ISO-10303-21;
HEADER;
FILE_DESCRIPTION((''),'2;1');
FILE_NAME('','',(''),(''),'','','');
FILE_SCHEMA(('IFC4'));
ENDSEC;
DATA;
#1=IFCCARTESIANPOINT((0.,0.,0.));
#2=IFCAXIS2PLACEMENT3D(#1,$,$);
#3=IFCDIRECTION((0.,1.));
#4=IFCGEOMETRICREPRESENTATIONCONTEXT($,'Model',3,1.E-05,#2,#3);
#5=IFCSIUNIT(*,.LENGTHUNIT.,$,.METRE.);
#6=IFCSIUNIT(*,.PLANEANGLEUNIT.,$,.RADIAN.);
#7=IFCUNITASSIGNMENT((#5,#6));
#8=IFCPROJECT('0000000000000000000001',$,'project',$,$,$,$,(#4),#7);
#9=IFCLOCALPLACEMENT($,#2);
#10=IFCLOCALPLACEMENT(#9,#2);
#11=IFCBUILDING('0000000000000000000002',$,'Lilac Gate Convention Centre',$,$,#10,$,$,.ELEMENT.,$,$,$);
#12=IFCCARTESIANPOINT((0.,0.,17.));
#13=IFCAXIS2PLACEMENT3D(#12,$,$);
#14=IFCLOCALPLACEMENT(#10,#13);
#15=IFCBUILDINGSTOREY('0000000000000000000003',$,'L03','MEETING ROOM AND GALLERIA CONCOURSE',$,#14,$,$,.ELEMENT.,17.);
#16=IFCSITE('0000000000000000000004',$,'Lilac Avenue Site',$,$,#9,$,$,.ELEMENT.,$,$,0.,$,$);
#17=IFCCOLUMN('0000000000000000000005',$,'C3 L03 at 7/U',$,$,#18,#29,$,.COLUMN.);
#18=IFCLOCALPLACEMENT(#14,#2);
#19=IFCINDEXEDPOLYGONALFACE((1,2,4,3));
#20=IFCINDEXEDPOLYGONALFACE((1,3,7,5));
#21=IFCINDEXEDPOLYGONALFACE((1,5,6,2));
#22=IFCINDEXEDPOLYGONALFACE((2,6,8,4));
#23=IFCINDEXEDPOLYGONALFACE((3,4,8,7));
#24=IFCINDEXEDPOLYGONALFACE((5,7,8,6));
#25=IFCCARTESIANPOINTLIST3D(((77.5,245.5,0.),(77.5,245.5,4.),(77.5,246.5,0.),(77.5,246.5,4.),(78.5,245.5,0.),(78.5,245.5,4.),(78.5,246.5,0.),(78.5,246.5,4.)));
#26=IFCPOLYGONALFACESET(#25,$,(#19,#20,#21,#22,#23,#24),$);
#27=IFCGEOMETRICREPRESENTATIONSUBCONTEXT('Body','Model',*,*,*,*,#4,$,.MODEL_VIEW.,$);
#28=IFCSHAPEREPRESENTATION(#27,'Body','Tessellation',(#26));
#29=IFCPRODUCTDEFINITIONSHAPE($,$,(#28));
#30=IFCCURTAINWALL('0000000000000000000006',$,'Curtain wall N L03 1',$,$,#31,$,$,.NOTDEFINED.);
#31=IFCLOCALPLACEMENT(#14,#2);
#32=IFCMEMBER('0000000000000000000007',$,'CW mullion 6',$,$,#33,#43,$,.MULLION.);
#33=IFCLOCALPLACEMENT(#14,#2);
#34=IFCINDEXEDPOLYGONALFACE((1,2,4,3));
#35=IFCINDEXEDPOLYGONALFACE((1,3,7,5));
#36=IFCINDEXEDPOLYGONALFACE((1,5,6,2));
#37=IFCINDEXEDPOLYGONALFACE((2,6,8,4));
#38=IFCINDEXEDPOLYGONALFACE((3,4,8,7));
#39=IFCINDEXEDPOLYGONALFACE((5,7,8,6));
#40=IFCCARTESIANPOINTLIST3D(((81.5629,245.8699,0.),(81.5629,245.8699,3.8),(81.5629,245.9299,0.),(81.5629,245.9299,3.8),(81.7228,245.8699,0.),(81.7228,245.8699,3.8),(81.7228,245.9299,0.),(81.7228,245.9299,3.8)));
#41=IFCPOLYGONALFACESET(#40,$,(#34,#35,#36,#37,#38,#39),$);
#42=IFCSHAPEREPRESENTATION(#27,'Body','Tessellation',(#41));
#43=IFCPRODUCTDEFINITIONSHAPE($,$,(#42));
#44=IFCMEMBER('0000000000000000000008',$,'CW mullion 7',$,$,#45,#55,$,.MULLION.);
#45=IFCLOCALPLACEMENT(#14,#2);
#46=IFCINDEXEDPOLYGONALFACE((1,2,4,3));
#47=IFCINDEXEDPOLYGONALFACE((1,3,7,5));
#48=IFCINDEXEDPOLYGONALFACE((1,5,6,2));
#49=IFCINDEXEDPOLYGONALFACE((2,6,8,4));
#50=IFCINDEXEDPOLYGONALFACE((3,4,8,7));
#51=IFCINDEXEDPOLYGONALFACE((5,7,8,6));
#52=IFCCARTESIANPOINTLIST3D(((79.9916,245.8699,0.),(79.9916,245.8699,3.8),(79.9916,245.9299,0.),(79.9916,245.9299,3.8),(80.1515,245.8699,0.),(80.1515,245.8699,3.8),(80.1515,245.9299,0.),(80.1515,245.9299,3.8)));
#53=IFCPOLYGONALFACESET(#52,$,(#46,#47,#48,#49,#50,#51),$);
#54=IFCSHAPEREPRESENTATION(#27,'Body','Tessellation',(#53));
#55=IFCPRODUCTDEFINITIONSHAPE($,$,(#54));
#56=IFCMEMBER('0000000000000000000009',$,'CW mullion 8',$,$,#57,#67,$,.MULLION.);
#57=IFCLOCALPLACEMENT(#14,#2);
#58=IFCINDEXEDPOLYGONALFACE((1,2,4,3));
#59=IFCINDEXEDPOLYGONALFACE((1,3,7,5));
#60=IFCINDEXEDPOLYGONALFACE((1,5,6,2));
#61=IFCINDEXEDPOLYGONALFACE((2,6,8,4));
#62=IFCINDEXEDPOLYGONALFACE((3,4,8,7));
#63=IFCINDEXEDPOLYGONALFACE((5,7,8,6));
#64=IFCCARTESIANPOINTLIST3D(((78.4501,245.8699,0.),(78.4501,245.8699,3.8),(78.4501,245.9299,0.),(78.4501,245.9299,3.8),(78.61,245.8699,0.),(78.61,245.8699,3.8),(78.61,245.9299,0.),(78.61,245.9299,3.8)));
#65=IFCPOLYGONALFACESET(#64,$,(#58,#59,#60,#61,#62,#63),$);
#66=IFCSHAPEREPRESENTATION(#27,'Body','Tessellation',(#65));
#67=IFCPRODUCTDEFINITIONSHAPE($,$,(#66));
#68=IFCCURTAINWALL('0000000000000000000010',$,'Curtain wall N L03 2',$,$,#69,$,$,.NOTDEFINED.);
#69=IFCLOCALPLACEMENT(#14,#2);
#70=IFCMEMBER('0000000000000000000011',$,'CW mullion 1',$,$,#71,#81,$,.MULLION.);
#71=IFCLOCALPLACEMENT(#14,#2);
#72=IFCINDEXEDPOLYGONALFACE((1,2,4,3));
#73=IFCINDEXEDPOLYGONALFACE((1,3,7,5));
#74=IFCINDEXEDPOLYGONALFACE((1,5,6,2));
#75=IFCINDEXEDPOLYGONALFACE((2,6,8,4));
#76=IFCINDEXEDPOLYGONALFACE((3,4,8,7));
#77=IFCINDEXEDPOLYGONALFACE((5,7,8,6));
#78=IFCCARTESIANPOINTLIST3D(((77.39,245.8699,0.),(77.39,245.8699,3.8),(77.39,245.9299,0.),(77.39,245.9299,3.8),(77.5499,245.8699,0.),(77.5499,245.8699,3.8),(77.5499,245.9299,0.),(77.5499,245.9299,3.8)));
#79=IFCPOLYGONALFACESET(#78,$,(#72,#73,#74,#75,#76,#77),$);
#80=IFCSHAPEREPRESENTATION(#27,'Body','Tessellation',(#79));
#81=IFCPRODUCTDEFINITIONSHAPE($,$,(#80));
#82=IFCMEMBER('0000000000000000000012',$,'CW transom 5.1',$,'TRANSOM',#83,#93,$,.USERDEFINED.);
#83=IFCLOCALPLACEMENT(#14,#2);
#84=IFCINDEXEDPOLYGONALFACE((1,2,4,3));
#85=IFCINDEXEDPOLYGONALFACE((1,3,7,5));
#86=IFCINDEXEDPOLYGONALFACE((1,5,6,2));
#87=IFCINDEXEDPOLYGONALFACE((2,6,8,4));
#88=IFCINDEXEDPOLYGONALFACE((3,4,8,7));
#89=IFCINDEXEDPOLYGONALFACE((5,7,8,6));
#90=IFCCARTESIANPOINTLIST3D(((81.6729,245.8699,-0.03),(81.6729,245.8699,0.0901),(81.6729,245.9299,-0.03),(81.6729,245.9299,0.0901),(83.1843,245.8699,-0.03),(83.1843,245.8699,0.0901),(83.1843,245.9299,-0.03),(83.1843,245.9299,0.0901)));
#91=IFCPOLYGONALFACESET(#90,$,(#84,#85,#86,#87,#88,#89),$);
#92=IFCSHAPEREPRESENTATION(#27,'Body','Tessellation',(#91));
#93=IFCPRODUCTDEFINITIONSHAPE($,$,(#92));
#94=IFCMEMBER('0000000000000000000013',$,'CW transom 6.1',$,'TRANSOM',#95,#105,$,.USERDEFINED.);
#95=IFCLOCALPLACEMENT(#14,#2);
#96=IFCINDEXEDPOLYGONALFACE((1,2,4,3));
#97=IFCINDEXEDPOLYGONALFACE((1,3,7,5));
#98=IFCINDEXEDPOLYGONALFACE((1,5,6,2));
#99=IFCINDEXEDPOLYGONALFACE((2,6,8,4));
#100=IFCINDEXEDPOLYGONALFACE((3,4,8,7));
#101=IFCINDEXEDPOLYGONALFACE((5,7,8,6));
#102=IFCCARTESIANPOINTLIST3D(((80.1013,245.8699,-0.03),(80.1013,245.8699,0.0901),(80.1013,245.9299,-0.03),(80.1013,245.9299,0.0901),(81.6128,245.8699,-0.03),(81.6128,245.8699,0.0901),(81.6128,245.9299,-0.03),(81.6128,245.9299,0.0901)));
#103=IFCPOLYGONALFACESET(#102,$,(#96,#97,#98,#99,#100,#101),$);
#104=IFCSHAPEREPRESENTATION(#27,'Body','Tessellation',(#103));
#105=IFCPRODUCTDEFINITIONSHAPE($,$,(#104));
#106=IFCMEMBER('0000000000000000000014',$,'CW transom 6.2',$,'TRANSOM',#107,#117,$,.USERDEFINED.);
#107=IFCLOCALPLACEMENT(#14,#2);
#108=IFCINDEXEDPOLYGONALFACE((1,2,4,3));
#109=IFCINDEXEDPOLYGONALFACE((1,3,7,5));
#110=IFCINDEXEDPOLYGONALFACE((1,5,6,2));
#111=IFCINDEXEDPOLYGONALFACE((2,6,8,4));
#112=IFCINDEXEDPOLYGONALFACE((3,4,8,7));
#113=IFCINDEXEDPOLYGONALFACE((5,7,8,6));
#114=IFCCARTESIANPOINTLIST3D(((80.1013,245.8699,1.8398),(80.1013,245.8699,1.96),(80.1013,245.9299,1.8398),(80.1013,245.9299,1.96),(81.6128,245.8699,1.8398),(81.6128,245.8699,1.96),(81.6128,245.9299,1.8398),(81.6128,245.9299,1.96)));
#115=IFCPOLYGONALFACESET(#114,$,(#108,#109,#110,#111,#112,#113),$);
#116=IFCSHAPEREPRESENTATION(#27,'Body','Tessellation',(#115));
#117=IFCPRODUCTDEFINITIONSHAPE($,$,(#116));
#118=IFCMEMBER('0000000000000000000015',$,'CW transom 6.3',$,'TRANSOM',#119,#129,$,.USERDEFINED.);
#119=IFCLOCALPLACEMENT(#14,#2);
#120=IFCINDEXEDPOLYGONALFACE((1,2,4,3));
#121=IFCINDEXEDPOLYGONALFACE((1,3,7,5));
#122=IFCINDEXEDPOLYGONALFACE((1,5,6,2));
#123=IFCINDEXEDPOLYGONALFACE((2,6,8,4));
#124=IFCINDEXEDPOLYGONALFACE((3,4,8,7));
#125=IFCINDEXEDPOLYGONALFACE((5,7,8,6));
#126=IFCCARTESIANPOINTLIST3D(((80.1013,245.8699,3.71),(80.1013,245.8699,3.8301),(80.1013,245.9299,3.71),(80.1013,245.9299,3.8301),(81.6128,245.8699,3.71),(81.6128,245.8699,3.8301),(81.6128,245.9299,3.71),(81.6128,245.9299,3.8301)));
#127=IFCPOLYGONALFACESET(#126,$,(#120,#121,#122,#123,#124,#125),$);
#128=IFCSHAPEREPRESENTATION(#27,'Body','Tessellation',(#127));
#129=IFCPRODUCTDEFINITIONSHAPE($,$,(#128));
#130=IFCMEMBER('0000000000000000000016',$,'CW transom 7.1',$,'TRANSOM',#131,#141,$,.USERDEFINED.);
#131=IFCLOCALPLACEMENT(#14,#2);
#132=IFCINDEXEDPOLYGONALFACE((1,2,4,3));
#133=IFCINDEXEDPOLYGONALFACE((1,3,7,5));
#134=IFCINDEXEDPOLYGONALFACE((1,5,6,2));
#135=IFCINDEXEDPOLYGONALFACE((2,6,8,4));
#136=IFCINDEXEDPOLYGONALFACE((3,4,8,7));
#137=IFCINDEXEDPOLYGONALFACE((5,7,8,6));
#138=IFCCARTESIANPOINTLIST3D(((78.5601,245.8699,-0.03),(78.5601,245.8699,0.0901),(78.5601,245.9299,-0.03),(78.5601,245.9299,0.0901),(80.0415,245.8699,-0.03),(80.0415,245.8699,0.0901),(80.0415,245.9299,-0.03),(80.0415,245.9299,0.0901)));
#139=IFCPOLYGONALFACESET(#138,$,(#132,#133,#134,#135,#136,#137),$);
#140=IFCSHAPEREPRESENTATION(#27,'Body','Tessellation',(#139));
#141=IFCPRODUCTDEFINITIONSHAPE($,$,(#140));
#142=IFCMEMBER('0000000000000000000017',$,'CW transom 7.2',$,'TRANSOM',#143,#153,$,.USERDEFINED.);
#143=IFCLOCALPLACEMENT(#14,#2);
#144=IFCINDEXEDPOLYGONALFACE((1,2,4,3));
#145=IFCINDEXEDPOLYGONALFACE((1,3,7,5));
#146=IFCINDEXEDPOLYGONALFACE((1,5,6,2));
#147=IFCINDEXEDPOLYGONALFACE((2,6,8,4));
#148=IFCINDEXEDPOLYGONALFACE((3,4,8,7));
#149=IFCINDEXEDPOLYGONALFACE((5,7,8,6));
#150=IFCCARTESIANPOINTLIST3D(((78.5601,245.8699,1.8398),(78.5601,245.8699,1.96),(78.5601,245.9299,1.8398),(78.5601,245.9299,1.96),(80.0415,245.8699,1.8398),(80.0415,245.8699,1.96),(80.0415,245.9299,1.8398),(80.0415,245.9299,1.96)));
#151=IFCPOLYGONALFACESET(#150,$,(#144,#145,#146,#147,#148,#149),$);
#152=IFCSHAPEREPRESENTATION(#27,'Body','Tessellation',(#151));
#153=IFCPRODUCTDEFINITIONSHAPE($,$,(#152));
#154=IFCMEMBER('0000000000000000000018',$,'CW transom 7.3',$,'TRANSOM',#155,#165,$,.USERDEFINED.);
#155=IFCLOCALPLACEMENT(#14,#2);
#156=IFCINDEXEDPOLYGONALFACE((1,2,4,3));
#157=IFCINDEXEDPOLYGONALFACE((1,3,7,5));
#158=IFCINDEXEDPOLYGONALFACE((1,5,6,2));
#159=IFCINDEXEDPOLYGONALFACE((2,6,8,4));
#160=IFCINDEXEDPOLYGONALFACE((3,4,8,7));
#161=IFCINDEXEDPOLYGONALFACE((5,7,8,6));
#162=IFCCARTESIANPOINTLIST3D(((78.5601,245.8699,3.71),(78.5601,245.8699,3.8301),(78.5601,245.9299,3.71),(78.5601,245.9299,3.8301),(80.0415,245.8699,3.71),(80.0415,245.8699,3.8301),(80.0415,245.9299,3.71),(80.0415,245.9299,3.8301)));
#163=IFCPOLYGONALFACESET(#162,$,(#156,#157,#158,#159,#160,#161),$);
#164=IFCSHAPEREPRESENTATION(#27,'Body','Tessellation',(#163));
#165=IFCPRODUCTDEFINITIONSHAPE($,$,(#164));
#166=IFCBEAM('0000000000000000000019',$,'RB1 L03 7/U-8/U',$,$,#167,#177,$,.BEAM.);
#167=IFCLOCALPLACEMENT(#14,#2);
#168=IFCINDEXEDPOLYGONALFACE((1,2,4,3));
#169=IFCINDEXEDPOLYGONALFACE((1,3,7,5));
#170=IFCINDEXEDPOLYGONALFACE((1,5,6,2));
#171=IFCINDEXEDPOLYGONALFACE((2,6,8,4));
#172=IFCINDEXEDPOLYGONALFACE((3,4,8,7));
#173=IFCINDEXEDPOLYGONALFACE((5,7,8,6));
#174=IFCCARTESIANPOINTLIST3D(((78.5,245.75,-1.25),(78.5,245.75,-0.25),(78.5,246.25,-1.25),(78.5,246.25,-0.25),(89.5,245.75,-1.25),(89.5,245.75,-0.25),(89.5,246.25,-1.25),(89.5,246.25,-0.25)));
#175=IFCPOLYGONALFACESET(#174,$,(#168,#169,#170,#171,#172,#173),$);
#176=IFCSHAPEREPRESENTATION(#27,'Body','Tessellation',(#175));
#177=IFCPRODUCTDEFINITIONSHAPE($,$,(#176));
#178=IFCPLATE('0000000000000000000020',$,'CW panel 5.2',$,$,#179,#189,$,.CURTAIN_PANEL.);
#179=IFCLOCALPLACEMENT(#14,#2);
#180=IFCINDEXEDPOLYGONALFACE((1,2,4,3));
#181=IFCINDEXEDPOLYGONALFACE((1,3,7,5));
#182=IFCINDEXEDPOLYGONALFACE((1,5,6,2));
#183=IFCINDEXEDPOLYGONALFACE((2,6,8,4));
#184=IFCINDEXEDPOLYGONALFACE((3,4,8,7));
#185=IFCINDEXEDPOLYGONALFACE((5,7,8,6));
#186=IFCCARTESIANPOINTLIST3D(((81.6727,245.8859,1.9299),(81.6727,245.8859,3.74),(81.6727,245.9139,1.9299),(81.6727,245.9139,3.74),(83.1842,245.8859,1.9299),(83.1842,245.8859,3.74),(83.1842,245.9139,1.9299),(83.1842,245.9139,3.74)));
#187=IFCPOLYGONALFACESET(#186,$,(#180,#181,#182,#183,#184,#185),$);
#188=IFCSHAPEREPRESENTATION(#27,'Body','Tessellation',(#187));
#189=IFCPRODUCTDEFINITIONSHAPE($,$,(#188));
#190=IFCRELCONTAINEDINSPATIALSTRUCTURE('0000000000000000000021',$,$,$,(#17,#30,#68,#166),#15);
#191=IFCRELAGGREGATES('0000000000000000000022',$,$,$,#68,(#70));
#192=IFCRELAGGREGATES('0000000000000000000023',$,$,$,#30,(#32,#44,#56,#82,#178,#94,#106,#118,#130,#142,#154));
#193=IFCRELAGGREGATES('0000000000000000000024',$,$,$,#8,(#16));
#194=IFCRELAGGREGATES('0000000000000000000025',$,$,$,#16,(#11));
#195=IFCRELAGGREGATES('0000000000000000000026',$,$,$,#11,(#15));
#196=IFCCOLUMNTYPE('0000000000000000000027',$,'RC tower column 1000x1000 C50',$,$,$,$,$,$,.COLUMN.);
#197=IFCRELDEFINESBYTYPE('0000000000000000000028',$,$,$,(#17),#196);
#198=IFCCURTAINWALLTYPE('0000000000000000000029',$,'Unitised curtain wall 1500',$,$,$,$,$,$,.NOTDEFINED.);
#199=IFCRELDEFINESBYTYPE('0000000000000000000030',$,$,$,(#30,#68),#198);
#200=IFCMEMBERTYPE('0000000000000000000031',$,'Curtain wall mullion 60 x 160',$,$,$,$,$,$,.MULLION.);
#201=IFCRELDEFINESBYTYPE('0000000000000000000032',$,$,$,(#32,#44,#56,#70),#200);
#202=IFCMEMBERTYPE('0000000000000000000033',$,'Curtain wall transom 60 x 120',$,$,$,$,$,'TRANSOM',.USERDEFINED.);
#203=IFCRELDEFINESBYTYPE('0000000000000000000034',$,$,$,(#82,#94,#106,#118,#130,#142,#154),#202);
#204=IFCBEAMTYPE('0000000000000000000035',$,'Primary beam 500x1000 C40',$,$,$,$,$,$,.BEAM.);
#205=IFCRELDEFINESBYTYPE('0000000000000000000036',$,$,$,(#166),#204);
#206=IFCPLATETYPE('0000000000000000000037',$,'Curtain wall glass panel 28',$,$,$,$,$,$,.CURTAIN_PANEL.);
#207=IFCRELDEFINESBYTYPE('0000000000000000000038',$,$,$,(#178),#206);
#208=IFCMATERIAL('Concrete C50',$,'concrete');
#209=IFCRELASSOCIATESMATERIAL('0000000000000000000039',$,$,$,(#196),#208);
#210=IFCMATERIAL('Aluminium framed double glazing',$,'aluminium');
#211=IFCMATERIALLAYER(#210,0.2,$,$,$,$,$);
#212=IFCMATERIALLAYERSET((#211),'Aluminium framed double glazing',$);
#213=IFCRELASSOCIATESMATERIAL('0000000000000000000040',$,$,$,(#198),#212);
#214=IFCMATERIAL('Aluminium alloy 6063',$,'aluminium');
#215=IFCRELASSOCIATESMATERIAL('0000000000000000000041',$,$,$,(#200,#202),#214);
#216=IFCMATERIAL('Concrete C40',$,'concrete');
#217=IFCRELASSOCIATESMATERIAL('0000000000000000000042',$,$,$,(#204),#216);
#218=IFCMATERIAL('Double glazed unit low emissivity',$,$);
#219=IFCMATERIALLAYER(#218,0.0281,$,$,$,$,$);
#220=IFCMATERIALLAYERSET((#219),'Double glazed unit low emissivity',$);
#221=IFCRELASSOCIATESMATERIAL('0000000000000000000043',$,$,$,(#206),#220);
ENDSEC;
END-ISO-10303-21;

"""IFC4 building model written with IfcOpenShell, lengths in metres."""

from ifc_helpers import new_model, si_unit, direction, frame, origin, origin_2d, place, context, subcontext, project, spatial, rectangle, extrude, material, layer, layer_set, material_profile, profile_set, type_object, element, aggregate, save


model = new_model("IFC4")

# Units and contexts
model_context = context("Model", 3, precision=1e-05, world=origin(), true_north=direction((0.0, 1.0)))
body_context = subcontext(model_context, "Body", "Model", "MODEL_VIEW")
ifc_project = project(units=[si_unit("LENGTHUNIT", "METRE"), si_unit("PLANEANGLEUNIT", "RADIAN")], contexts=[model_context])

# Site, building, storey
site_placement = place(None, origin())
site = spatial("IfcSite", under=ifc_project, at=site_placement, Name="Lilac Avenue Site", CompositionType="ELEMENT", RefElevation=0.0)
building_placement = place(site_placement, origin())
building = spatial("IfcBuilding", under=site, at=building_placement, Name="Lilac Gate Convention Centre", CompositionType="ELEMENT")
storey_placement = place(building_placement, frame((0.0, 0.0, 17.0)))
storey = spatial("IfcBuildingStorey", under=building, at=storey_placement, Name="L03", Description="MEETING ROOM AND GALLERIA CONCOURSE", CompositionType="ELEMENT", Elevation=17.0)

# Column
ifc_material_1 = material(Name="Concrete C50", Category="concrete")
ifc_material_profile_1 = material_profile(ifc_material_1, rectangle(XDim=1.0, YDim=1.0, at=origin_2d()), Name="RC 1000x1000")
ifc_profile_set_1 = profile_set([ifc_material_profile_1], Name="Concrete C50")
column_type = type_object("IfcColumnType", Name="RC tower column 1000x1000 C50", PredefinedType="COLUMN", material=ifc_profile_set_1)
column_placement = place(storey_placement, frame((78.0, 246.0, 0.0), z_axis=(0.0, 0.0, 1.0), x_axis=(1.0, 0.0, 0.0)))
element("IfcColumn", 1, at=column_placement, inside=storey, type_object=column_type, Name="C3 L03 at 7/U", PredefinedType="COLUMN", context=body_context, shape_type="SweptSolid", body=[
    extrude(rectangle(XDim=1.0, YDim=1.0, at=origin_2d()), origin(), (0.0, 0.0, 1.0), 4.0),
])

# Curtain wall, members
ifc_material_2 = material(Name="Aluminium framed double glazing", Category="aluminium")
ifc_layer_1 = layer(ifc_material_2, 0.2)
ifc_layer_set_1 = layer_set([ifc_layer_1], Name="Aluminium framed double glazing")
curtain_wall_type = type_object("IfcCurtainWallType", Name="Unitised curtain wall 1500", PredefinedType="NOTDEFINED", material=ifc_layer_set_1)
curtain_wall_1_placement = place(storey_placement, origin())
curtain_wall_1 = element("IfcCurtainWall", 2, at=curtain_wall_1_placement, inside=storey, type_object=curtain_wall_type, Name="Curtain wall N L03 1", PredefinedType="NOTDEFINED")
ifc_material_3 = material(Name="Aluminium alloy 6063", Category="aluminium")
ifc_material_profile_2 = material_profile(ifc_material_3, rectangle(XDim=0.0601, YDim=0.1599, at=origin_2d()), Name="Curtain wall mullion 60 x 160")
ifc_profile_set_2 = profile_set([ifc_material_profile_2], Name="Aluminium alloy 6063")
member_type_1 = type_object("IfcMemberType", Name="Curtain wall mullion 60 x 160", PredefinedType="MULLION", material=ifc_profile_set_2)
member_1_placement = place(storey_placement, frame((81.6428, 245.8999, 0.0), z_axis=(0.0, 0.0, 1.0), x_axis=(0.0, -1.0, 0.0)))
member_1 = element("IfcMember", 3, at=member_1_placement, type_object=member_type_1, Name="CW mullion 6", PredefinedType="MULLION", context=body_context, shape_type="SweptSolid", body=[
    extrude(rectangle(XDim=0.0601, YDim=0.1599, at=origin_2d()), origin(), (0.0, 0.0, 1.0), 3.8),
])
member_2_placement = place(storey_placement, frame((80.0715, 245.8999, 0.0), z_axis=(0.0, 0.0, 1.0), x_axis=(0.0, -1.0, 0.0)))
member_2 = element("IfcMember", 4, at=member_2_placement, type_object=member_type_1, Name="CW mullion 7", PredefinedType="MULLION", context=body_context, shape_type="SweptSolid", body=[
    extrude(rectangle(XDim=0.0601, YDim=0.1599, at=origin_2d()), origin(), (0.0, 0.0, 1.0), 3.8),
])
member_3_placement = place(storey_placement, frame((78.53, 245.8999, 0.0), z_axis=(0.0, 0.0, 1.0), x_axis=(0.0, -1.0, 0.0)))
member_3 = element("IfcMember", 5, at=member_3_placement, type_object=member_type_1, Name="CW mullion 8", PredefinedType="MULLION", context=body_context, shape_type="SweptSolid", body=[
    extrude(rectangle(XDim=0.0601, YDim=0.1599, at=origin_2d()), origin(), (0.0, 0.0, 1.0), 3.8),
])

# Curtain wall, member
curtain_wall_2_placement = place(storey_placement, origin())
curtain_wall_2 = element("IfcCurtainWall", 6, at=curtain_wall_2_placement, inside=storey, type_object=curtain_wall_type, Name="Curtain wall N L03 2", PredefinedType="NOTDEFINED")
member_4_placement = place(storey_placement, frame((77.47, 245.8999, 0.0), z_axis=(0.0, 0.0, 1.0), x_axis=(0.0, -1.0, 0.0)))
member_4 = element("IfcMember", 7, at=member_4_placement, type_object=member_type_1, Name="CW mullion 1", PredefinedType="MULLION", context=body_context, shape_type="SweptSolid", body=[
    extrude(rectangle(XDim=0.0601, YDim=0.1599, at=origin_2d()), origin(), (0.0, 0.0, 1.0), 3.8),
])
aggregate(curtain_wall_2, [member_4])

# Members
ifc_material_profile_3 = material_profile(ifc_material_3, rectangle(XDim=0.0601, YDim=0.1201, at=origin_2d()), Name="Curtain wall transom 60 x 120")
ifc_profile_set_3 = profile_set([ifc_material_profile_3], Name="Aluminium alloy 6063")
member_type_2 = type_object("IfcMemberType", Name="Curtain wall transom 60 x 120", ElementType="TRANSOM", PredefinedType="USERDEFINED", material=ifc_profile_set_3)
member_5_placement = place(storey_placement, frame((83.1843, 245.8999, 0.03), z_axis=(-1.0, 0.0, 0.0), x_axis=(0.0, -1.0, 0.0)))
member_5 = element("IfcMember", 8, at=member_5_placement, type_object=member_type_2, Name="CW transom 5.1", ObjectType="TRANSOM", PredefinedType="USERDEFINED", context=body_context, shape_type="SweptSolid", body=[
    extrude(rectangle(XDim=0.0601, YDim=0.1201, at=origin_2d()), origin(), (0.0, 0.0, 1.0), 1.5115),
])
member_6_placement = place(storey_placement, frame((81.6128, 245.8999, 0.03), z_axis=(-1.0, 0.0, 0.0), x_axis=(0.0, -1.0, 0.0)))
member_6 = element("IfcMember", 9, at=member_6_placement, type_object=member_type_2, Name="CW transom 6.1", ObjectType="TRANSOM", PredefinedType="USERDEFINED", context=body_context, shape_type="SweptSolid", body=[
    extrude(rectangle(XDim=0.0601, YDim=0.1201, at=origin_2d()), origin(), (0.0, 0.0, 1.0), 1.5115),
])
member_7_placement = place(storey_placement, frame((81.6128, 245.8999, 1.8999), z_axis=(-1.0, 0.0, 0.0), x_axis=(0.0, -1.0, 0.0)))
member_7 = element("IfcMember", 10, at=member_7_placement, type_object=member_type_2, Name="CW transom 6.2", ObjectType="TRANSOM", PredefinedType="USERDEFINED", context=body_context, shape_type="SweptSolid", body=[
    extrude(rectangle(XDim=0.0601, YDim=0.1201, at=origin_2d()), origin(), (0.0, 0.0, 1.0), 1.5115),
])
member_8_placement = place(storey_placement, frame((81.6128, 245.8999, 3.77), z_axis=(-1.0, 0.0, 0.0), x_axis=(0.0, -1.0, 0.0)))
member_8 = element("IfcMember", 11, at=member_8_placement, type_object=member_type_2, Name="CW transom 6.3", ObjectType="TRANSOM", PredefinedType="USERDEFINED", context=body_context, shape_type="SweptSolid", body=[
    extrude(rectangle(XDim=0.0601, YDim=0.1201, at=origin_2d()), origin(), (0.0, 0.0, 1.0), 1.5115),
])
member_9_placement = place(storey_placement, frame((80.0415, 245.8999, 0.03), z_axis=(-1.0, 0.0, 0.0), x_axis=(0.0, -1.0, 0.0)))
member_9 = element("IfcMember", 12, at=member_9_placement, type_object=member_type_2, Name="CW transom 7.1", ObjectType="TRANSOM", PredefinedType="USERDEFINED", context=body_context, shape_type="SweptSolid", body=[
    extrude(rectangle(XDim=0.0601, YDim=0.1201, at=origin_2d()), origin(), (0.0, 0.0, 1.0), 1.4814),
])
member_10_placement = place(storey_placement, frame((80.0415, 245.8999, 1.8999), z_axis=(-1.0, 0.0, 0.0), x_axis=(0.0, -1.0, 0.0)))
member_10 = element("IfcMember", 13, at=member_10_placement, type_object=member_type_2, Name="CW transom 7.2", ObjectType="TRANSOM", PredefinedType="USERDEFINED", context=body_context, shape_type="SweptSolid", body=[
    extrude(rectangle(XDim=0.0601, YDim=0.1201, at=origin_2d()), origin(), (0.0, 0.0, 1.0), 1.4814),
])
member_11_placement = place(storey_placement, frame((80.0415, 245.8999, 3.77), z_axis=(-1.0, 0.0, 0.0), x_axis=(0.0, -1.0, 0.0)))
member_11 = element("IfcMember", 14, at=member_11_placement, type_object=member_type_2, Name="CW transom 7.3", ObjectType="TRANSOM", PredefinedType="USERDEFINED", context=body_context, shape_type="SweptSolid", body=[
    extrude(rectangle(XDim=0.0601, YDim=0.1201, at=origin_2d()), origin(), (0.0, 0.0, 1.0), 1.4814),
])

# Beam
ifc_material_4 = material(Name="Concrete C40", Category="concrete")
ifc_material_profile_4 = material_profile(ifc_material_4, rectangle(XDim=0.5, YDim=1.0, at=origin_2d()), Name="RC 500x1000")
ifc_profile_set_4 = profile_set([ifc_material_profile_4], Name="Concrete C40")
beam_type = type_object("IfcBeamType", Name="Primary beam 500x1000 C40", PredefinedType="BEAM", material=ifc_profile_set_4)
beam_placement = place(storey_placement, frame((78.5, 246.0, -0.75), z_axis=(1.0, 0.0, 0.0), x_axis=(0.0, 1.0, 0.0)))
element("IfcBeam", 15, at=beam_placement, inside=storey, type_object=beam_type, Name="RB1 L03 7/U-8/U", PredefinedType="BEAM", context=body_context, shape_type="SweptSolid", body=[
    extrude(rectangle(XDim=0.5, YDim=1.0, at=origin_2d()), origin(), (0.0, 0.0, 1.0), 11.0),
])

# Plate
ifc_material_5 = material(Name="Double glazed unit low emissivity")
ifc_layer_2 = layer(ifc_material_5, 0.0281)
ifc_layer_set_2 = layer_set([ifc_layer_2], Name="Double glazed unit low emissivity")
plate_type_1 = type_object("IfcPlateType", Name="Curtain wall glass panel 28", PredefinedType="CURTAIN_PANEL", material=ifc_layer_set_2)
plate_1_placement = place(storey_placement, frame((82.4285, 245.8999, 1.9299), z_axis=(0.0, 0.0, 1.0), x_axis=(-1.0, 0.0, 0.0)))
plate_1 = element("IfcPlate", 16, at=plate_1_placement, type_object=plate_type_1, Name="CW panel 5.2", PredefinedType="CURTAIN_PANEL", context=body_context, shape_type="SweptSolid", body=[
    extrude(rectangle(XDim=1.5115, YDim=0.0281, at=origin_2d()), origin(), (0.0, 0.0, 1.0), 1.8101),
])
aggregate(curtain_wall_1, [member_1, member_2, member_3, member_5, plate_1, member_6, member_7, member_8, member_9, member_10, member_11])

save(model, "model.ifc")
